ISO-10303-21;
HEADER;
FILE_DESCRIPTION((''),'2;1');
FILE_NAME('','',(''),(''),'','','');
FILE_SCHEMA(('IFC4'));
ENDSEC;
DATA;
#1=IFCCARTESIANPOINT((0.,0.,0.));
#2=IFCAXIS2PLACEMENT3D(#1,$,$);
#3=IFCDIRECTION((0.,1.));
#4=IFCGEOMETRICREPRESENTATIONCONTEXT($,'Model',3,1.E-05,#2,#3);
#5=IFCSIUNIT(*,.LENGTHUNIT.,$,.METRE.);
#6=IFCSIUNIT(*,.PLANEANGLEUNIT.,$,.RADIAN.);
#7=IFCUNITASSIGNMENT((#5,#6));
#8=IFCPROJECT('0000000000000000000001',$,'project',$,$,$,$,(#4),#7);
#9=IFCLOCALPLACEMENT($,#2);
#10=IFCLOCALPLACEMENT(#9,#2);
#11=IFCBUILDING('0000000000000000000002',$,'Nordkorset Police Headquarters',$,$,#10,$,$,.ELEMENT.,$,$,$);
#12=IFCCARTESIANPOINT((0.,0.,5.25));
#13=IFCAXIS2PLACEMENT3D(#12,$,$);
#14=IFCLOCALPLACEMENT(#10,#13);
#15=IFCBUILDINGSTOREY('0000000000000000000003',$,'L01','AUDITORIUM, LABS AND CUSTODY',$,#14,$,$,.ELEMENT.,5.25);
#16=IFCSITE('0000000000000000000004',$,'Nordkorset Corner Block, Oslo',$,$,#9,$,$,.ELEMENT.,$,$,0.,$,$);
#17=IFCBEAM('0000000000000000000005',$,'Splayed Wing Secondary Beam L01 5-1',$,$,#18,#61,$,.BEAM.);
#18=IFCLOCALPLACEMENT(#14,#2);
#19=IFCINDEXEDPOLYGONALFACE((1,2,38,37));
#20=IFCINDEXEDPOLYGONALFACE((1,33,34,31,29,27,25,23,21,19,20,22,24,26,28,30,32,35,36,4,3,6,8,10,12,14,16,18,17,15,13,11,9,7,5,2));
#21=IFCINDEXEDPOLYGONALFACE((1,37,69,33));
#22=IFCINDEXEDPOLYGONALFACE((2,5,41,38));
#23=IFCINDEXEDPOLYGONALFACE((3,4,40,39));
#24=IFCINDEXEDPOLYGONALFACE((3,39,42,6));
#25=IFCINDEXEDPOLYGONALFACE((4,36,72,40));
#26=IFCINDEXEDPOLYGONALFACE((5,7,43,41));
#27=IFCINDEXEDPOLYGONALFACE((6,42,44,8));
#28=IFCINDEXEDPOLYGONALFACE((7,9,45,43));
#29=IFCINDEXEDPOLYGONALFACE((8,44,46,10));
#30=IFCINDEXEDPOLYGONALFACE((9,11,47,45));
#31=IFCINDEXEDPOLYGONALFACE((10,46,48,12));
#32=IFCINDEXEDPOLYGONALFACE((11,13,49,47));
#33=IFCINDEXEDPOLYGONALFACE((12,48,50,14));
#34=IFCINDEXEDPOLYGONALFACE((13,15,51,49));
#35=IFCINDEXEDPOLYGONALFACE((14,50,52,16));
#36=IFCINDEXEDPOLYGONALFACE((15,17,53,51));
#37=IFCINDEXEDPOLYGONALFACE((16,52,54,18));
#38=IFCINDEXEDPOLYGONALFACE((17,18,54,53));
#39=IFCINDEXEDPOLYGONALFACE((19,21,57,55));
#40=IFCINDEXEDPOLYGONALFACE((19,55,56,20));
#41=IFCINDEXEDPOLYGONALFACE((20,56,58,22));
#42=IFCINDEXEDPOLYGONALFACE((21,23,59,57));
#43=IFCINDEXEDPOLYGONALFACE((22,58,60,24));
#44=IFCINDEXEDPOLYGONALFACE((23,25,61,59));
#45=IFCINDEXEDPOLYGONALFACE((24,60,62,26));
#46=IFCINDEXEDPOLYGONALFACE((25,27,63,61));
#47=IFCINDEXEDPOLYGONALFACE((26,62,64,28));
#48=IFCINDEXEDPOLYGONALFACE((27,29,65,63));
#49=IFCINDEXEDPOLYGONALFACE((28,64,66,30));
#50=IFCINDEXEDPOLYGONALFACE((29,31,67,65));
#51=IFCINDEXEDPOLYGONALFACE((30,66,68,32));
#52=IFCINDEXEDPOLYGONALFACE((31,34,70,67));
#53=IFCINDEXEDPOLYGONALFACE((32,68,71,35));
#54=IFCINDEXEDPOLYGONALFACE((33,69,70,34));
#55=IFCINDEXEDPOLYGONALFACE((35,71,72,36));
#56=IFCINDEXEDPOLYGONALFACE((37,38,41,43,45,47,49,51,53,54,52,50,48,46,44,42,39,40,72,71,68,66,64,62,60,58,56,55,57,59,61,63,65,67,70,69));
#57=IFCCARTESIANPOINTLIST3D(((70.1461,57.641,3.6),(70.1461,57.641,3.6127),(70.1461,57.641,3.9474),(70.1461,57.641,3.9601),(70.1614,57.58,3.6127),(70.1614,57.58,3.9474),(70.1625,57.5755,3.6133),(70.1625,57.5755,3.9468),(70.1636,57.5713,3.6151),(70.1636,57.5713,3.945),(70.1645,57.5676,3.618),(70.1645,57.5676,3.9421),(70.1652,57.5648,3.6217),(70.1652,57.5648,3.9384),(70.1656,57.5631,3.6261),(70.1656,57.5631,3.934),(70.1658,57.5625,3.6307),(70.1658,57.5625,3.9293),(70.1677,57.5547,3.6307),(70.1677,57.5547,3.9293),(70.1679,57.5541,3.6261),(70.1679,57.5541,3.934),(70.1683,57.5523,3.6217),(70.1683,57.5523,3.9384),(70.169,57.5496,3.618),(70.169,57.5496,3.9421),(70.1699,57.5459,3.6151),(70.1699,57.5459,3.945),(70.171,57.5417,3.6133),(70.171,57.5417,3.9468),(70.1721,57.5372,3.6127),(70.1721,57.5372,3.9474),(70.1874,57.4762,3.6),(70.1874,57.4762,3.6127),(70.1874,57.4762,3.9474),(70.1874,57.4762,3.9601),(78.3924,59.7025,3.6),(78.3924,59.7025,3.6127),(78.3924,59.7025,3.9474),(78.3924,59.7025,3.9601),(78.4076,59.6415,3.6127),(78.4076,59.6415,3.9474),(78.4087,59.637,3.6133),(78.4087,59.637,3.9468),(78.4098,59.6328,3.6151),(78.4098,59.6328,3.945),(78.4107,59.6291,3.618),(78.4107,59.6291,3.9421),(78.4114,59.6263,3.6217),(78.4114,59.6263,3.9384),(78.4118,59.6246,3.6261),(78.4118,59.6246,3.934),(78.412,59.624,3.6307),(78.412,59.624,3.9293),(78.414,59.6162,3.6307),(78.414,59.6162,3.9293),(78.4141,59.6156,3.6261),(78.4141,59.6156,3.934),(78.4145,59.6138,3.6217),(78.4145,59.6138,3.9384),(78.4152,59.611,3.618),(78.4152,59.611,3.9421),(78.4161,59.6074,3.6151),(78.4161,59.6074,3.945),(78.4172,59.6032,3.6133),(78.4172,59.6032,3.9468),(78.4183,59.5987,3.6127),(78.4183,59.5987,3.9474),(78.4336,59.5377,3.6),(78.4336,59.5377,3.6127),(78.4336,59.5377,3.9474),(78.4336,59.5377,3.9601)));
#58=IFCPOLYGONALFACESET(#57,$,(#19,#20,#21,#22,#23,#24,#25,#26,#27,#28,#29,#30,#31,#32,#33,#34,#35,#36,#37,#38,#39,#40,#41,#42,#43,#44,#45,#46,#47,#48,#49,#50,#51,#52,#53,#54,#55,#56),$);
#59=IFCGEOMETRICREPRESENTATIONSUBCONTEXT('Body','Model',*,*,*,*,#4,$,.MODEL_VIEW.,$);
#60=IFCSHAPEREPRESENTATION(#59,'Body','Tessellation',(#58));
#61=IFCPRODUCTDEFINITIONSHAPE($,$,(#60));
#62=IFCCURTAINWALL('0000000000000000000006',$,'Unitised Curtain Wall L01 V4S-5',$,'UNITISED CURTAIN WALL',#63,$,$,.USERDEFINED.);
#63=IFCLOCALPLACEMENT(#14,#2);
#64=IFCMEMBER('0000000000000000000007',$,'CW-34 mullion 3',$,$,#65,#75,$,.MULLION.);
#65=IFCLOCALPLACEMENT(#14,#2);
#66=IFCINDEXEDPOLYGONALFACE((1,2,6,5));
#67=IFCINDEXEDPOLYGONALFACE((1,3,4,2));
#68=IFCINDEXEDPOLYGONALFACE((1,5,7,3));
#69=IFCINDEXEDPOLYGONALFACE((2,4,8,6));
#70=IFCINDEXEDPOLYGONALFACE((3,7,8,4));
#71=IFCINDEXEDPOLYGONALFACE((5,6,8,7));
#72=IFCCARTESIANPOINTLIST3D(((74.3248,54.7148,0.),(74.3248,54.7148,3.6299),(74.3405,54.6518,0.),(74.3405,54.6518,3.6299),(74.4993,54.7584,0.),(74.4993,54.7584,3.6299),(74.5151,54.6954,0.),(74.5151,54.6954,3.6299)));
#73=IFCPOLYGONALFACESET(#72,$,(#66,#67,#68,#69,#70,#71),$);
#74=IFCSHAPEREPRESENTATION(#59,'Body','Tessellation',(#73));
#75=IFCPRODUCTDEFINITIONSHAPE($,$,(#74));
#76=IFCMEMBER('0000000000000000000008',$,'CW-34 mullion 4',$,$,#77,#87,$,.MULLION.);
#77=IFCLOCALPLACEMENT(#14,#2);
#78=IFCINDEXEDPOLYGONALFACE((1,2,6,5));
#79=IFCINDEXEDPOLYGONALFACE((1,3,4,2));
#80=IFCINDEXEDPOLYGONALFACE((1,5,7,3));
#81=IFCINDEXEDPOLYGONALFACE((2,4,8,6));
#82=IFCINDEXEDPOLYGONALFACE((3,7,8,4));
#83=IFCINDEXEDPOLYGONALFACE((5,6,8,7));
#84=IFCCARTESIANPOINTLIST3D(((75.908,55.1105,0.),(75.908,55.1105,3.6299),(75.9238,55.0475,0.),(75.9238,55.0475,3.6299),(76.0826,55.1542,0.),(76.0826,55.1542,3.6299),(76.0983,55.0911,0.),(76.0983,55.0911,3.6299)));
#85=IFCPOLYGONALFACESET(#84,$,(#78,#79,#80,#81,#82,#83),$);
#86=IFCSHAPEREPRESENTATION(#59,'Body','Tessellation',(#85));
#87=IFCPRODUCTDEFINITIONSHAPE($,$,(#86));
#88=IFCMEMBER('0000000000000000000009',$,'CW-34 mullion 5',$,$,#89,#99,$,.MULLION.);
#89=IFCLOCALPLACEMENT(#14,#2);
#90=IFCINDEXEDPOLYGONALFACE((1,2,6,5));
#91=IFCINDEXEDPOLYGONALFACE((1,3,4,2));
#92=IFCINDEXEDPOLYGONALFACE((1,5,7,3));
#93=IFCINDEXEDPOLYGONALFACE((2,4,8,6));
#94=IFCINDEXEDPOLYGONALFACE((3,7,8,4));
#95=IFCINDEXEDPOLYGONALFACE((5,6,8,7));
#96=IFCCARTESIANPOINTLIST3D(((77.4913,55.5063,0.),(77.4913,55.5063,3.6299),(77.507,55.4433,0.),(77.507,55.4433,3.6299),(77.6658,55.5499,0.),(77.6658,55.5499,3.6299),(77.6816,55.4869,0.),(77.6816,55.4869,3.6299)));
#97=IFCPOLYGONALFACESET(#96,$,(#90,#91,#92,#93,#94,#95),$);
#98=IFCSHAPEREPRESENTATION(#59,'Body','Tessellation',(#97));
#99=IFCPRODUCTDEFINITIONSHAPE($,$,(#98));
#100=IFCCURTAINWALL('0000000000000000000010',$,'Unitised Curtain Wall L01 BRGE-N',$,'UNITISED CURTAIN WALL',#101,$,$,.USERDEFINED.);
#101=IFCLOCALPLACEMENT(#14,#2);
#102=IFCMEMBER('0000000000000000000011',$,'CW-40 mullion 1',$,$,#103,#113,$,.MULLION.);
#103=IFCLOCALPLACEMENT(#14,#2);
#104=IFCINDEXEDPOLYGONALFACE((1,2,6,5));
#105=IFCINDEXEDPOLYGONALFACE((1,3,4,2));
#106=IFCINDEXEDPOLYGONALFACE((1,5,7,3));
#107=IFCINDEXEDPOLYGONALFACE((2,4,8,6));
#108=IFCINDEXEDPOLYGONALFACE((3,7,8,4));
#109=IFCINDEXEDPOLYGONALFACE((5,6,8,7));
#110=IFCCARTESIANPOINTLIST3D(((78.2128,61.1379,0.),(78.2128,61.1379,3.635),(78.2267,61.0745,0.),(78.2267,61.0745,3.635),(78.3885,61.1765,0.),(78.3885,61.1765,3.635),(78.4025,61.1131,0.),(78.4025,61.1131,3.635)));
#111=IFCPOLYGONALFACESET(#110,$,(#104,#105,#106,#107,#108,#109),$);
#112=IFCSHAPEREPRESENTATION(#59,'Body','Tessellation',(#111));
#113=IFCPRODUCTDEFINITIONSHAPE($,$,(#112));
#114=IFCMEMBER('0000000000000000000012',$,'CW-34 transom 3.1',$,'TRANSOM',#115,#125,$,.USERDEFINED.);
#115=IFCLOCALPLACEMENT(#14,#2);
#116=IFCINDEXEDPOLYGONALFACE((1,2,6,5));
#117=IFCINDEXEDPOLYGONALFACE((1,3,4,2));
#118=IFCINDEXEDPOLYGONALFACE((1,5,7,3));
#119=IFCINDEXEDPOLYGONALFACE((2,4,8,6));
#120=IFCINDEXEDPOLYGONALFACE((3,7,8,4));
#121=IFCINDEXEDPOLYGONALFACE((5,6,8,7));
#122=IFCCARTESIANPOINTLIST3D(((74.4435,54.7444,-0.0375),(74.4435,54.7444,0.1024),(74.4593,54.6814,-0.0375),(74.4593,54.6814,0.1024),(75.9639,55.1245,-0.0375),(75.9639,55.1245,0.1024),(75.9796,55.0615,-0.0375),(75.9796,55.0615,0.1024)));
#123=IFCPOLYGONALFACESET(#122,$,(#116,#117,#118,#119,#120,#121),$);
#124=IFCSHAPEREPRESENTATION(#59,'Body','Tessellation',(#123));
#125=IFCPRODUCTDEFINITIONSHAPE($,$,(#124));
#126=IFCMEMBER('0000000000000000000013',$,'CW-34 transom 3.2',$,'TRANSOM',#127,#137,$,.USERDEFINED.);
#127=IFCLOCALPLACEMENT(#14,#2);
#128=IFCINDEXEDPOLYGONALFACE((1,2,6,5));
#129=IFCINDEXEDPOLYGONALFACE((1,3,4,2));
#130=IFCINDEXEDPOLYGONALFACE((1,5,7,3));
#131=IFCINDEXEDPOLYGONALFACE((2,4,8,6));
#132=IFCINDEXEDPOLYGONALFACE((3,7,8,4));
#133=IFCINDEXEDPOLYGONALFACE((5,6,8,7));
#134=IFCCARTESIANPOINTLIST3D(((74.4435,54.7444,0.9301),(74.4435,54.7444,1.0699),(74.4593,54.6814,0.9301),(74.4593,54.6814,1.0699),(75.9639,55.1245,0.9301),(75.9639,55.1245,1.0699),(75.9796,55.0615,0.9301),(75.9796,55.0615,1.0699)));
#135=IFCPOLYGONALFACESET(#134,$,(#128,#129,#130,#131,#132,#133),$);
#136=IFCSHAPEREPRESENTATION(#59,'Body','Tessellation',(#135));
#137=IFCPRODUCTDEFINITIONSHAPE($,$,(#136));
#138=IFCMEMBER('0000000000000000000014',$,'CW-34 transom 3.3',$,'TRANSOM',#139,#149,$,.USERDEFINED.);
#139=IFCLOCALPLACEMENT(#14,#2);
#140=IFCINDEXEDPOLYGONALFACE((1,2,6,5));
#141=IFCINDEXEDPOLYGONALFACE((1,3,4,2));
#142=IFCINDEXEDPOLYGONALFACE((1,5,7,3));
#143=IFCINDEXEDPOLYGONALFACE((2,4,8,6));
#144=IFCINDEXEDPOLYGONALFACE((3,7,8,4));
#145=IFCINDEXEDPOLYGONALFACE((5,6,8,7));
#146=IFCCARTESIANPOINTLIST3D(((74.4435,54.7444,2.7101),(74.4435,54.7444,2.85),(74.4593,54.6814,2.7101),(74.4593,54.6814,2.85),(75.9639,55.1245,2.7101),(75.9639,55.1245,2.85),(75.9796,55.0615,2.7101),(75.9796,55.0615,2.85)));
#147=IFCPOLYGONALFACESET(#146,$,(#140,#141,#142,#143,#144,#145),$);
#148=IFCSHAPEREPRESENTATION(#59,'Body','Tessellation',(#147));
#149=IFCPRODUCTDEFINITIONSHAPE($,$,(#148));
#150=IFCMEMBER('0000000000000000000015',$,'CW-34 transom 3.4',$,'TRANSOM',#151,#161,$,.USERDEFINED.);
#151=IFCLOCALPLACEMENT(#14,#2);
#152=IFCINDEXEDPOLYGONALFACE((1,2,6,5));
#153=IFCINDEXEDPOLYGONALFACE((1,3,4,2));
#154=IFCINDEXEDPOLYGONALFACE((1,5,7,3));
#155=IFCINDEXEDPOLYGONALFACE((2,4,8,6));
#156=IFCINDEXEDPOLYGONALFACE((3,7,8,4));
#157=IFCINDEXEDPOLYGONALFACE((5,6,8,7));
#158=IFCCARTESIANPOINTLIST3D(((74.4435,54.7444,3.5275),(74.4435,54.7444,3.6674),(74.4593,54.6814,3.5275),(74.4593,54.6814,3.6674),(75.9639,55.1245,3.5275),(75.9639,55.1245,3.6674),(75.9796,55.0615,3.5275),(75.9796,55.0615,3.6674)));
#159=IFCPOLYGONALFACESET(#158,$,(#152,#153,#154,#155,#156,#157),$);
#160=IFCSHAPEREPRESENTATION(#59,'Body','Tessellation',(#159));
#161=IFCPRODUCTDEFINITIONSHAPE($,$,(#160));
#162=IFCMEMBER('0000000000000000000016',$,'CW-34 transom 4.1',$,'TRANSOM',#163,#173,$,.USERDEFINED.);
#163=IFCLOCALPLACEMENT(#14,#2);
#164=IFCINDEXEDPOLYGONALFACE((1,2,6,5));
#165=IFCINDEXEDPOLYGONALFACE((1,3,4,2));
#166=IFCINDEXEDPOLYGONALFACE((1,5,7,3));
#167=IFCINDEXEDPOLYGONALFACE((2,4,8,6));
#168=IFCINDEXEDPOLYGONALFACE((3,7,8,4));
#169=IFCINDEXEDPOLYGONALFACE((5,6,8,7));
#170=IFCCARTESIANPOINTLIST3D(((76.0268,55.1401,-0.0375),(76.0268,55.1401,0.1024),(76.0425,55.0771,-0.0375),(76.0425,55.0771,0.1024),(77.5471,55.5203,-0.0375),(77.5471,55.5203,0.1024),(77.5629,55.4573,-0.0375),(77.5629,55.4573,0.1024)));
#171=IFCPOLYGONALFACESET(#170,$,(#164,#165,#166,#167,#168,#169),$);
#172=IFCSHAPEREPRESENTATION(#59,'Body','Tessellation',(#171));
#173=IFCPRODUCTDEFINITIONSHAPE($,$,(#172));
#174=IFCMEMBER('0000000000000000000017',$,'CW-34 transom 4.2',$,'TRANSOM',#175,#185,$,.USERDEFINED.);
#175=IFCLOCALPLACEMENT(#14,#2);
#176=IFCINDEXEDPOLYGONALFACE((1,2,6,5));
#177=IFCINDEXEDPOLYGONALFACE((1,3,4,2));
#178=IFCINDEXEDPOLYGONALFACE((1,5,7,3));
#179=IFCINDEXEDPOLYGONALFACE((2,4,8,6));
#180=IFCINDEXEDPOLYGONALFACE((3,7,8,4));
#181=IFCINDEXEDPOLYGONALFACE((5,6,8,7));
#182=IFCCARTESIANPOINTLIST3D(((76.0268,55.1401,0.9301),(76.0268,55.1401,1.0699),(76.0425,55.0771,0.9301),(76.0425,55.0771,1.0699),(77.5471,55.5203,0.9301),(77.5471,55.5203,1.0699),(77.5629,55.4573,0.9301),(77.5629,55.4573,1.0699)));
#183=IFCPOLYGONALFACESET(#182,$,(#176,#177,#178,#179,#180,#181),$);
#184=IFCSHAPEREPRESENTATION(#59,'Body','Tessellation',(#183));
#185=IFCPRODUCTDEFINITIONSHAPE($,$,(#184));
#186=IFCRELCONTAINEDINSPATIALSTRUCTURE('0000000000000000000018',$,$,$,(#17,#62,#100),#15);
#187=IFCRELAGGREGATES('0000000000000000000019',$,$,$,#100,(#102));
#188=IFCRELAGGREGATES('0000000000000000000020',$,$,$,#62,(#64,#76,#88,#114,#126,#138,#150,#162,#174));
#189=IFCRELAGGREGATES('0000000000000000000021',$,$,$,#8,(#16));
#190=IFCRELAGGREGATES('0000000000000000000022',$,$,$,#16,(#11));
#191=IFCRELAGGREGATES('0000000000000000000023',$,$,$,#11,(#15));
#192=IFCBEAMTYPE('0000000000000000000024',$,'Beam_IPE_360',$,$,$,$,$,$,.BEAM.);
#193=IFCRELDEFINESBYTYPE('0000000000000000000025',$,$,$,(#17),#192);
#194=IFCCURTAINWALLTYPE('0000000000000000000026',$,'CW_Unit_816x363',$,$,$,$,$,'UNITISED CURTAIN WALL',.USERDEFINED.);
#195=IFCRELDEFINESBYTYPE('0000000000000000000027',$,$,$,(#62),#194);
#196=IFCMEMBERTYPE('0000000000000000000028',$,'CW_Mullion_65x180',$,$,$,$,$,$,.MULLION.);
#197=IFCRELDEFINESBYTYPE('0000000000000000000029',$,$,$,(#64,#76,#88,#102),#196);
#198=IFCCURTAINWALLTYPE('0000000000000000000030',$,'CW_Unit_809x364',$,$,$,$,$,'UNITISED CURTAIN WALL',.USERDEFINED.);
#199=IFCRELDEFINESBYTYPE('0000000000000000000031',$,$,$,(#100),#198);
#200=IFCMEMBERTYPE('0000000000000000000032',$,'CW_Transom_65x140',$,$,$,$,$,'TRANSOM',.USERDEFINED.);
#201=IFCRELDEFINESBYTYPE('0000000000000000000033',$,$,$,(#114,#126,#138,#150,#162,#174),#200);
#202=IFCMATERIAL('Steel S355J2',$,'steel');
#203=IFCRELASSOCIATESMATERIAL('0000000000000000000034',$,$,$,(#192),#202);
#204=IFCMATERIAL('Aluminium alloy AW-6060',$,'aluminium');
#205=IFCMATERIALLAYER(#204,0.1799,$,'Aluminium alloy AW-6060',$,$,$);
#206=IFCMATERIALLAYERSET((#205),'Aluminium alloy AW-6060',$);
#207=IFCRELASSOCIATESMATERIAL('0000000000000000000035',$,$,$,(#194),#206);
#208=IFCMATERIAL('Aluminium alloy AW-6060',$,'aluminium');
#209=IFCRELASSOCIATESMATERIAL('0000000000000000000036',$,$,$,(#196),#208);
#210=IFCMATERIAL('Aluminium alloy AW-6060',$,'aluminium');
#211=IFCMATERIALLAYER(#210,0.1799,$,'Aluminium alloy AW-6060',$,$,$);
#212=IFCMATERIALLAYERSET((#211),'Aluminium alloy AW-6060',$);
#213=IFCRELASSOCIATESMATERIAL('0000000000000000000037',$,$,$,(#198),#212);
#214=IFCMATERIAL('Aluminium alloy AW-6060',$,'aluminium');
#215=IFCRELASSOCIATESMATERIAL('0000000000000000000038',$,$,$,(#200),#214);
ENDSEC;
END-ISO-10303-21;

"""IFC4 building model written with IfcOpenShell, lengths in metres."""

from ifc_helpers import new_model, si_unit, direction, frame, origin, origin_2d, place, context, subcontext, project, spatial, rectangle, i_section, extrude, material, layer, layer_set, material_profile, profile_set, type_object, element, aggregate, save


model = new_model("IFC4")

# Units and contexts
model_context = context("Model", 3, precision=1e-05, world=origin(), true_north=direction((0.0, 1.0)))
body_context = subcontext(model_context, "Body", "Model", "MODEL_VIEW")
ifc_project = project(units=[si_unit("LENGTHUNIT", "METRE"), si_unit("PLANEANGLEUNIT", "RADIAN")], contexts=[model_context])

# Site, building, storey
site_placement = place(None, origin())
site = spatial("IfcSite", under=ifc_project, at=site_placement, Name="Nordkorset Corner Block, Oslo", CompositionType="ELEMENT", RefElevation=0.0)
building_placement = place(site_placement, origin())
building = spatial("IfcBuilding", under=site, at=building_placement, Name="Nordkorset Police Headquarters", CompositionType="ELEMENT")
storey_placement = place(building_placement, frame((0.0, 0.0, 5.25)))
storey = spatial("IfcBuildingStorey", under=building, at=storey_placement, Name="L01", Description="AUDITORIUM, LABS AND CUSTODY", CompositionType="ELEMENT", Elevation=5.25)

# Beam
ifc_material_1 = material(Name="Steel S355J2", Category="steel")
ifc_material_profile_1 = material_profile(ifc_material_1, i_section(OverallWidth=0.1699, OverallDepth=0.3601, WebThickness=0.0081, FlangeThickness=0.0127, FilletRadius=0.0181, at=origin_2d()), Name="IPE 360")
ifc_profile_set_1 = profile_set([ifc_material_profile_1], Name="Steel S355J2")
beam_type = type_object("IfcBeamType", Name="Beam_IPE_360", PredefinedType="BEAM", material=ifc_profile_set_1)
beam_placement = place(storey_placement, frame((70.1667, 57.5586, 3.78), z_axis=(0.970144, 0.242529, 0.0), x_axis=(-0.242529, 0.970144, 0.0)))
element("IfcBeam", 1, at=beam_placement, inside=storey, type_object=beam_type, Name="Splayed Wing Secondary Beam L01 5-1", PredefinedType="BEAM", context=body_context, shape_type="SweptSolid", body=[
    extrude(i_section(OverallWidth=0.1699, OverallDepth=0.3601, WebThickness=0.0081, FlangeThickness=0.0127, FilletRadius=0.0181, at=origin_2d()), origin(), (0.0, 0.0, 1.0), 8.5),
])

# Curtain wall, members
ifc_material_2 = material(Name="Aluminium alloy AW-6060", Category="aluminium")
ifc_layer_1 = layer(ifc_material_2, 0.1799, Name="Aluminium alloy AW-6060")
ifc_layer_set_1 = layer_set([ifc_layer_1], Name="Aluminium alloy AW-6060")
curtain_wall_type_1 = type_object("IfcCurtainWallType", Name="CW_Unit_816x363", ElementType="UNITISED CURTAIN WALL", PredefinedType="USERDEFINED", material=ifc_layer_set_1)
curtain_wall_1_placement = place(storey_placement, origin())
curtain_wall_1 = element("IfcCurtainWall", 2, at=curtain_wall_1_placement, inside=storey, type_object=curtain_wall_type_1, Name="Unitised Curtain Wall L01 V4S-5", ObjectType="UNITISED CURTAIN WALL", PredefinedType="USERDEFINED")
ifc_material_3 = material(Name="Aluminium alloy AW-6060", Category="aluminium")
ifc_material_profile_2 = material_profile(ifc_material_3, rectangle(XDim=0.0649, YDim=0.1799, at=origin_2d()), Name="ALU MULL 65x180")
ifc_profile_set_2 = profile_set([ifc_material_profile_2], Name="Aluminium alloy AW-6060")
member_type_1 = type_object("IfcMemberType", Name="CW_Mullion_65x180", PredefinedType="MULLION", material=ifc_profile_set_2)
member_1_placement = place(storey_placement, frame((74.4199, 54.7051, 0.0), z_axis=(0.0, 0.0, 1.0), x_axis=(-0.242536, 0.970143, 0.0)))
member_1 = element("IfcMember", 3, at=member_1_placement, type_object=member_type_1, Name="CW-34 mullion 3", PredefinedType="MULLION", context=body_context, shape_type="SweptSolid", body=[
    extrude(rectangle(XDim=0.0649, YDim=0.1799, at=origin_2d()), origin(), (0.0, 0.0, 1.0), 3.6299),
])
member_2_placement = place(storey_placement, frame((76.0032, 55.1008, 0.0), z_axis=(0.0, 0.0, 1.0), x_axis=(-0.242536, 0.970143, 0.0)))
member_2 = element("IfcMember", 4, at=member_2_placement, type_object=member_type_1, Name="CW-34 mullion 4", PredefinedType="MULLION", context=body_context, shape_type="SweptSolid", body=[
    extrude(rectangle(XDim=0.0649, YDim=0.1799, at=origin_2d()), origin(), (0.0, 0.0, 1.0), 3.6299),
])
member_3_placement = place(storey_placement, frame((77.5864, 55.4966, 0.0), z_axis=(0.0, 0.0, 1.0), x_axis=(-0.242536, 0.970143, 0.0)))
member_3 = element("IfcMember", 5, at=member_3_placement, type_object=member_type_1, Name="CW-34 mullion 5", PredefinedType="MULLION", context=body_context, shape_type="SweptSolid", body=[
    extrude(rectangle(XDim=0.0649, YDim=0.1799, at=origin_2d()), origin(), (0.0, 0.0, 1.0), 3.6299),
])

# Curtain wall, member
ifc_material_4 = material(Name="Aluminium alloy AW-6060", Category="aluminium")
ifc_layer_2 = layer(ifc_material_4, 0.1799, Name="Aluminium alloy AW-6060")
ifc_layer_set_2 = layer_set([ifc_layer_2], Name="Aluminium alloy AW-6060")
curtain_wall_type_2 = type_object("IfcCurtainWallType", Name="CW_Unit_809x364", ElementType="UNITISED CURTAIN WALL", PredefinedType="USERDEFINED", material=ifc_layer_set_2)
curtain_wall_2_placement = place(storey_placement, origin())
curtain_wall_2 = element("IfcCurtainWall", 6, at=curtain_wall_2_placement, inside=storey, type_object=curtain_wall_type_2, Name="Unitised Curtain Wall L01 BRGE-N", ObjectType="UNITISED CURTAIN WALL", PredefinedType="USERDEFINED")
member_4_placement = place(storey_placement, frame((78.3076, 61.1255, 0.0), z_axis=(0.0, 0.0, 1.0), x_axis=(-0.214298, 0.976768, 0.0)))
member_4 = element("IfcMember", 7, at=member_4_placement, type_object=member_type_1, Name="CW-40 mullion 1", PredefinedType="MULLION", context=body_context, shape_type="SweptSolid", body=[
    extrude(rectangle(XDim=0.0649, YDim=0.1799, at=origin_2d()), origin(), (0.0, 0.0, 1.0), 3.635),
])

# Members
ifc_material_5 = material(Name="Aluminium alloy AW-6060", Category="aluminium")
ifc_material_profile_3 = material_profile(ifc_material_5, rectangle(XDim=0.0649, YDim=0.1399, at=origin_2d()), Name="ALU TRAN 65x140")
ifc_profile_set_3 = profile_set([ifc_material_profile_3], Name="Aluminium alloy AW-6060")
member_type_2 = type_object("IfcMemberType", Name="CW_Transom_65x140", ElementType="TRANSOM", PredefinedType="USERDEFINED", material=ifc_profile_set_3)
member_5_placement = place(storey_placement, frame((74.4514, 54.7129, 0.0325), z_axis=(0.970133, 0.242572, 0.0), x_axis=(-0.242572, 0.970133, 0.0)))
member_5 = element("IfcMember", 8, at=member_5_placement, type_object=member_type_2, Name="CW-34 transom 3.1", ObjectType="TRANSOM", PredefinedType="USERDEFINED", context=body_context, shape_type="SweptSolid", body=[
    extrude(rectangle(XDim=0.0649, YDim=0.1399, at=origin_2d()), origin(), (0.0, 0.0, 1.0), 1.5671),
])
member_6_placement = place(storey_placement, frame((74.4514, 54.7129, 1.0), z_axis=(0.970133, 0.242572, 0.0), x_axis=(-0.242572, 0.970133, 0.0)))
member_6 = element("IfcMember", 9, at=member_6_placement, type_object=member_type_2, Name="CW-34 transom 3.2", ObjectType="TRANSOM", PredefinedType="USERDEFINED", context=body_context, shape_type="SweptSolid", body=[
    extrude(rectangle(XDim=0.0649, YDim=0.1399, at=origin_2d()), origin(), (0.0, 0.0, 1.0), 1.5671),
])
member_7_placement = place(storey_placement, frame((74.4514, 54.7129, 2.78), z_axis=(0.970133, 0.242572, 0.0), x_axis=(-0.242572, 0.970133, 0.0)))
member_7 = element("IfcMember", 10, at=member_7_placement, type_object=member_type_2, Name="CW-34 transom 3.3", ObjectType="TRANSOM", PredefinedType="USERDEFINED", context=body_context, shape_type="SweptSolid", body=[
    extrude(rectangle(XDim=0.0649, YDim=0.1399, at=origin_2d()), origin(), (0.0, 0.0, 1.0), 1.5671),
])
member_8_placement = place(storey_placement, frame((74.4514, 54.7129, 3.5974), z_axis=(0.970133, 0.242572, 0.0), x_axis=(-0.242572, 0.970133, 0.0)))
member_8 = element("IfcMember", 11, at=member_8_placement, type_object=member_type_2, Name="CW-34 transom 3.4", ObjectType="TRANSOM", PredefinedType="USERDEFINED", context=body_context, shape_type="SweptSolid", body=[
    extrude(rectangle(XDim=0.0649, YDim=0.1399, at=origin_2d()), origin(), (0.0, 0.0, 1.0), 1.5671),
])
member_9_placement = place(storey_placement, frame((76.0347, 55.1086, 0.0325), z_axis=(0.970133, 0.242572, 0.0), x_axis=(-0.242572, 0.970133, 0.0)))
member_9 = element("IfcMember", 12, at=member_9_placement, type_object=member_type_2, Name="CW-34 transom 4.1", ObjectType="TRANSOM", PredefinedType="USERDEFINED", context=body_context, shape_type="SweptSolid", body=[
    extrude(rectangle(XDim=0.0649, YDim=0.1399, at=origin_2d()), origin(), (0.0, 0.0, 1.0), 1.5671),
])
member_10_placement = place(storey_placement, frame((76.0347, 55.1086, 1.0), z_axis=(0.970133, 0.242572, 0.0), x_axis=(-0.242572, 0.970133, 0.0)))
member_10 = element("IfcMember", 13, at=member_10_placement, type_object=member_type_2, Name="CW-34 transom 4.2", ObjectType="TRANSOM", PredefinedType="USERDEFINED", context=body_context, shape_type="SweptSolid", body=[
    extrude(rectangle(XDim=0.0649, YDim=0.1399, at=origin_2d()), origin(), (0.0, 0.0, 1.0), 1.5671),
])
aggregate(curtain_wall_2, [member_4])

aggregate(curtain_wall_1, [member_1, member_2, member_3, member_5, member_6, member_7, member_8, member_9, member_10])

save(model, "model.ifc")
